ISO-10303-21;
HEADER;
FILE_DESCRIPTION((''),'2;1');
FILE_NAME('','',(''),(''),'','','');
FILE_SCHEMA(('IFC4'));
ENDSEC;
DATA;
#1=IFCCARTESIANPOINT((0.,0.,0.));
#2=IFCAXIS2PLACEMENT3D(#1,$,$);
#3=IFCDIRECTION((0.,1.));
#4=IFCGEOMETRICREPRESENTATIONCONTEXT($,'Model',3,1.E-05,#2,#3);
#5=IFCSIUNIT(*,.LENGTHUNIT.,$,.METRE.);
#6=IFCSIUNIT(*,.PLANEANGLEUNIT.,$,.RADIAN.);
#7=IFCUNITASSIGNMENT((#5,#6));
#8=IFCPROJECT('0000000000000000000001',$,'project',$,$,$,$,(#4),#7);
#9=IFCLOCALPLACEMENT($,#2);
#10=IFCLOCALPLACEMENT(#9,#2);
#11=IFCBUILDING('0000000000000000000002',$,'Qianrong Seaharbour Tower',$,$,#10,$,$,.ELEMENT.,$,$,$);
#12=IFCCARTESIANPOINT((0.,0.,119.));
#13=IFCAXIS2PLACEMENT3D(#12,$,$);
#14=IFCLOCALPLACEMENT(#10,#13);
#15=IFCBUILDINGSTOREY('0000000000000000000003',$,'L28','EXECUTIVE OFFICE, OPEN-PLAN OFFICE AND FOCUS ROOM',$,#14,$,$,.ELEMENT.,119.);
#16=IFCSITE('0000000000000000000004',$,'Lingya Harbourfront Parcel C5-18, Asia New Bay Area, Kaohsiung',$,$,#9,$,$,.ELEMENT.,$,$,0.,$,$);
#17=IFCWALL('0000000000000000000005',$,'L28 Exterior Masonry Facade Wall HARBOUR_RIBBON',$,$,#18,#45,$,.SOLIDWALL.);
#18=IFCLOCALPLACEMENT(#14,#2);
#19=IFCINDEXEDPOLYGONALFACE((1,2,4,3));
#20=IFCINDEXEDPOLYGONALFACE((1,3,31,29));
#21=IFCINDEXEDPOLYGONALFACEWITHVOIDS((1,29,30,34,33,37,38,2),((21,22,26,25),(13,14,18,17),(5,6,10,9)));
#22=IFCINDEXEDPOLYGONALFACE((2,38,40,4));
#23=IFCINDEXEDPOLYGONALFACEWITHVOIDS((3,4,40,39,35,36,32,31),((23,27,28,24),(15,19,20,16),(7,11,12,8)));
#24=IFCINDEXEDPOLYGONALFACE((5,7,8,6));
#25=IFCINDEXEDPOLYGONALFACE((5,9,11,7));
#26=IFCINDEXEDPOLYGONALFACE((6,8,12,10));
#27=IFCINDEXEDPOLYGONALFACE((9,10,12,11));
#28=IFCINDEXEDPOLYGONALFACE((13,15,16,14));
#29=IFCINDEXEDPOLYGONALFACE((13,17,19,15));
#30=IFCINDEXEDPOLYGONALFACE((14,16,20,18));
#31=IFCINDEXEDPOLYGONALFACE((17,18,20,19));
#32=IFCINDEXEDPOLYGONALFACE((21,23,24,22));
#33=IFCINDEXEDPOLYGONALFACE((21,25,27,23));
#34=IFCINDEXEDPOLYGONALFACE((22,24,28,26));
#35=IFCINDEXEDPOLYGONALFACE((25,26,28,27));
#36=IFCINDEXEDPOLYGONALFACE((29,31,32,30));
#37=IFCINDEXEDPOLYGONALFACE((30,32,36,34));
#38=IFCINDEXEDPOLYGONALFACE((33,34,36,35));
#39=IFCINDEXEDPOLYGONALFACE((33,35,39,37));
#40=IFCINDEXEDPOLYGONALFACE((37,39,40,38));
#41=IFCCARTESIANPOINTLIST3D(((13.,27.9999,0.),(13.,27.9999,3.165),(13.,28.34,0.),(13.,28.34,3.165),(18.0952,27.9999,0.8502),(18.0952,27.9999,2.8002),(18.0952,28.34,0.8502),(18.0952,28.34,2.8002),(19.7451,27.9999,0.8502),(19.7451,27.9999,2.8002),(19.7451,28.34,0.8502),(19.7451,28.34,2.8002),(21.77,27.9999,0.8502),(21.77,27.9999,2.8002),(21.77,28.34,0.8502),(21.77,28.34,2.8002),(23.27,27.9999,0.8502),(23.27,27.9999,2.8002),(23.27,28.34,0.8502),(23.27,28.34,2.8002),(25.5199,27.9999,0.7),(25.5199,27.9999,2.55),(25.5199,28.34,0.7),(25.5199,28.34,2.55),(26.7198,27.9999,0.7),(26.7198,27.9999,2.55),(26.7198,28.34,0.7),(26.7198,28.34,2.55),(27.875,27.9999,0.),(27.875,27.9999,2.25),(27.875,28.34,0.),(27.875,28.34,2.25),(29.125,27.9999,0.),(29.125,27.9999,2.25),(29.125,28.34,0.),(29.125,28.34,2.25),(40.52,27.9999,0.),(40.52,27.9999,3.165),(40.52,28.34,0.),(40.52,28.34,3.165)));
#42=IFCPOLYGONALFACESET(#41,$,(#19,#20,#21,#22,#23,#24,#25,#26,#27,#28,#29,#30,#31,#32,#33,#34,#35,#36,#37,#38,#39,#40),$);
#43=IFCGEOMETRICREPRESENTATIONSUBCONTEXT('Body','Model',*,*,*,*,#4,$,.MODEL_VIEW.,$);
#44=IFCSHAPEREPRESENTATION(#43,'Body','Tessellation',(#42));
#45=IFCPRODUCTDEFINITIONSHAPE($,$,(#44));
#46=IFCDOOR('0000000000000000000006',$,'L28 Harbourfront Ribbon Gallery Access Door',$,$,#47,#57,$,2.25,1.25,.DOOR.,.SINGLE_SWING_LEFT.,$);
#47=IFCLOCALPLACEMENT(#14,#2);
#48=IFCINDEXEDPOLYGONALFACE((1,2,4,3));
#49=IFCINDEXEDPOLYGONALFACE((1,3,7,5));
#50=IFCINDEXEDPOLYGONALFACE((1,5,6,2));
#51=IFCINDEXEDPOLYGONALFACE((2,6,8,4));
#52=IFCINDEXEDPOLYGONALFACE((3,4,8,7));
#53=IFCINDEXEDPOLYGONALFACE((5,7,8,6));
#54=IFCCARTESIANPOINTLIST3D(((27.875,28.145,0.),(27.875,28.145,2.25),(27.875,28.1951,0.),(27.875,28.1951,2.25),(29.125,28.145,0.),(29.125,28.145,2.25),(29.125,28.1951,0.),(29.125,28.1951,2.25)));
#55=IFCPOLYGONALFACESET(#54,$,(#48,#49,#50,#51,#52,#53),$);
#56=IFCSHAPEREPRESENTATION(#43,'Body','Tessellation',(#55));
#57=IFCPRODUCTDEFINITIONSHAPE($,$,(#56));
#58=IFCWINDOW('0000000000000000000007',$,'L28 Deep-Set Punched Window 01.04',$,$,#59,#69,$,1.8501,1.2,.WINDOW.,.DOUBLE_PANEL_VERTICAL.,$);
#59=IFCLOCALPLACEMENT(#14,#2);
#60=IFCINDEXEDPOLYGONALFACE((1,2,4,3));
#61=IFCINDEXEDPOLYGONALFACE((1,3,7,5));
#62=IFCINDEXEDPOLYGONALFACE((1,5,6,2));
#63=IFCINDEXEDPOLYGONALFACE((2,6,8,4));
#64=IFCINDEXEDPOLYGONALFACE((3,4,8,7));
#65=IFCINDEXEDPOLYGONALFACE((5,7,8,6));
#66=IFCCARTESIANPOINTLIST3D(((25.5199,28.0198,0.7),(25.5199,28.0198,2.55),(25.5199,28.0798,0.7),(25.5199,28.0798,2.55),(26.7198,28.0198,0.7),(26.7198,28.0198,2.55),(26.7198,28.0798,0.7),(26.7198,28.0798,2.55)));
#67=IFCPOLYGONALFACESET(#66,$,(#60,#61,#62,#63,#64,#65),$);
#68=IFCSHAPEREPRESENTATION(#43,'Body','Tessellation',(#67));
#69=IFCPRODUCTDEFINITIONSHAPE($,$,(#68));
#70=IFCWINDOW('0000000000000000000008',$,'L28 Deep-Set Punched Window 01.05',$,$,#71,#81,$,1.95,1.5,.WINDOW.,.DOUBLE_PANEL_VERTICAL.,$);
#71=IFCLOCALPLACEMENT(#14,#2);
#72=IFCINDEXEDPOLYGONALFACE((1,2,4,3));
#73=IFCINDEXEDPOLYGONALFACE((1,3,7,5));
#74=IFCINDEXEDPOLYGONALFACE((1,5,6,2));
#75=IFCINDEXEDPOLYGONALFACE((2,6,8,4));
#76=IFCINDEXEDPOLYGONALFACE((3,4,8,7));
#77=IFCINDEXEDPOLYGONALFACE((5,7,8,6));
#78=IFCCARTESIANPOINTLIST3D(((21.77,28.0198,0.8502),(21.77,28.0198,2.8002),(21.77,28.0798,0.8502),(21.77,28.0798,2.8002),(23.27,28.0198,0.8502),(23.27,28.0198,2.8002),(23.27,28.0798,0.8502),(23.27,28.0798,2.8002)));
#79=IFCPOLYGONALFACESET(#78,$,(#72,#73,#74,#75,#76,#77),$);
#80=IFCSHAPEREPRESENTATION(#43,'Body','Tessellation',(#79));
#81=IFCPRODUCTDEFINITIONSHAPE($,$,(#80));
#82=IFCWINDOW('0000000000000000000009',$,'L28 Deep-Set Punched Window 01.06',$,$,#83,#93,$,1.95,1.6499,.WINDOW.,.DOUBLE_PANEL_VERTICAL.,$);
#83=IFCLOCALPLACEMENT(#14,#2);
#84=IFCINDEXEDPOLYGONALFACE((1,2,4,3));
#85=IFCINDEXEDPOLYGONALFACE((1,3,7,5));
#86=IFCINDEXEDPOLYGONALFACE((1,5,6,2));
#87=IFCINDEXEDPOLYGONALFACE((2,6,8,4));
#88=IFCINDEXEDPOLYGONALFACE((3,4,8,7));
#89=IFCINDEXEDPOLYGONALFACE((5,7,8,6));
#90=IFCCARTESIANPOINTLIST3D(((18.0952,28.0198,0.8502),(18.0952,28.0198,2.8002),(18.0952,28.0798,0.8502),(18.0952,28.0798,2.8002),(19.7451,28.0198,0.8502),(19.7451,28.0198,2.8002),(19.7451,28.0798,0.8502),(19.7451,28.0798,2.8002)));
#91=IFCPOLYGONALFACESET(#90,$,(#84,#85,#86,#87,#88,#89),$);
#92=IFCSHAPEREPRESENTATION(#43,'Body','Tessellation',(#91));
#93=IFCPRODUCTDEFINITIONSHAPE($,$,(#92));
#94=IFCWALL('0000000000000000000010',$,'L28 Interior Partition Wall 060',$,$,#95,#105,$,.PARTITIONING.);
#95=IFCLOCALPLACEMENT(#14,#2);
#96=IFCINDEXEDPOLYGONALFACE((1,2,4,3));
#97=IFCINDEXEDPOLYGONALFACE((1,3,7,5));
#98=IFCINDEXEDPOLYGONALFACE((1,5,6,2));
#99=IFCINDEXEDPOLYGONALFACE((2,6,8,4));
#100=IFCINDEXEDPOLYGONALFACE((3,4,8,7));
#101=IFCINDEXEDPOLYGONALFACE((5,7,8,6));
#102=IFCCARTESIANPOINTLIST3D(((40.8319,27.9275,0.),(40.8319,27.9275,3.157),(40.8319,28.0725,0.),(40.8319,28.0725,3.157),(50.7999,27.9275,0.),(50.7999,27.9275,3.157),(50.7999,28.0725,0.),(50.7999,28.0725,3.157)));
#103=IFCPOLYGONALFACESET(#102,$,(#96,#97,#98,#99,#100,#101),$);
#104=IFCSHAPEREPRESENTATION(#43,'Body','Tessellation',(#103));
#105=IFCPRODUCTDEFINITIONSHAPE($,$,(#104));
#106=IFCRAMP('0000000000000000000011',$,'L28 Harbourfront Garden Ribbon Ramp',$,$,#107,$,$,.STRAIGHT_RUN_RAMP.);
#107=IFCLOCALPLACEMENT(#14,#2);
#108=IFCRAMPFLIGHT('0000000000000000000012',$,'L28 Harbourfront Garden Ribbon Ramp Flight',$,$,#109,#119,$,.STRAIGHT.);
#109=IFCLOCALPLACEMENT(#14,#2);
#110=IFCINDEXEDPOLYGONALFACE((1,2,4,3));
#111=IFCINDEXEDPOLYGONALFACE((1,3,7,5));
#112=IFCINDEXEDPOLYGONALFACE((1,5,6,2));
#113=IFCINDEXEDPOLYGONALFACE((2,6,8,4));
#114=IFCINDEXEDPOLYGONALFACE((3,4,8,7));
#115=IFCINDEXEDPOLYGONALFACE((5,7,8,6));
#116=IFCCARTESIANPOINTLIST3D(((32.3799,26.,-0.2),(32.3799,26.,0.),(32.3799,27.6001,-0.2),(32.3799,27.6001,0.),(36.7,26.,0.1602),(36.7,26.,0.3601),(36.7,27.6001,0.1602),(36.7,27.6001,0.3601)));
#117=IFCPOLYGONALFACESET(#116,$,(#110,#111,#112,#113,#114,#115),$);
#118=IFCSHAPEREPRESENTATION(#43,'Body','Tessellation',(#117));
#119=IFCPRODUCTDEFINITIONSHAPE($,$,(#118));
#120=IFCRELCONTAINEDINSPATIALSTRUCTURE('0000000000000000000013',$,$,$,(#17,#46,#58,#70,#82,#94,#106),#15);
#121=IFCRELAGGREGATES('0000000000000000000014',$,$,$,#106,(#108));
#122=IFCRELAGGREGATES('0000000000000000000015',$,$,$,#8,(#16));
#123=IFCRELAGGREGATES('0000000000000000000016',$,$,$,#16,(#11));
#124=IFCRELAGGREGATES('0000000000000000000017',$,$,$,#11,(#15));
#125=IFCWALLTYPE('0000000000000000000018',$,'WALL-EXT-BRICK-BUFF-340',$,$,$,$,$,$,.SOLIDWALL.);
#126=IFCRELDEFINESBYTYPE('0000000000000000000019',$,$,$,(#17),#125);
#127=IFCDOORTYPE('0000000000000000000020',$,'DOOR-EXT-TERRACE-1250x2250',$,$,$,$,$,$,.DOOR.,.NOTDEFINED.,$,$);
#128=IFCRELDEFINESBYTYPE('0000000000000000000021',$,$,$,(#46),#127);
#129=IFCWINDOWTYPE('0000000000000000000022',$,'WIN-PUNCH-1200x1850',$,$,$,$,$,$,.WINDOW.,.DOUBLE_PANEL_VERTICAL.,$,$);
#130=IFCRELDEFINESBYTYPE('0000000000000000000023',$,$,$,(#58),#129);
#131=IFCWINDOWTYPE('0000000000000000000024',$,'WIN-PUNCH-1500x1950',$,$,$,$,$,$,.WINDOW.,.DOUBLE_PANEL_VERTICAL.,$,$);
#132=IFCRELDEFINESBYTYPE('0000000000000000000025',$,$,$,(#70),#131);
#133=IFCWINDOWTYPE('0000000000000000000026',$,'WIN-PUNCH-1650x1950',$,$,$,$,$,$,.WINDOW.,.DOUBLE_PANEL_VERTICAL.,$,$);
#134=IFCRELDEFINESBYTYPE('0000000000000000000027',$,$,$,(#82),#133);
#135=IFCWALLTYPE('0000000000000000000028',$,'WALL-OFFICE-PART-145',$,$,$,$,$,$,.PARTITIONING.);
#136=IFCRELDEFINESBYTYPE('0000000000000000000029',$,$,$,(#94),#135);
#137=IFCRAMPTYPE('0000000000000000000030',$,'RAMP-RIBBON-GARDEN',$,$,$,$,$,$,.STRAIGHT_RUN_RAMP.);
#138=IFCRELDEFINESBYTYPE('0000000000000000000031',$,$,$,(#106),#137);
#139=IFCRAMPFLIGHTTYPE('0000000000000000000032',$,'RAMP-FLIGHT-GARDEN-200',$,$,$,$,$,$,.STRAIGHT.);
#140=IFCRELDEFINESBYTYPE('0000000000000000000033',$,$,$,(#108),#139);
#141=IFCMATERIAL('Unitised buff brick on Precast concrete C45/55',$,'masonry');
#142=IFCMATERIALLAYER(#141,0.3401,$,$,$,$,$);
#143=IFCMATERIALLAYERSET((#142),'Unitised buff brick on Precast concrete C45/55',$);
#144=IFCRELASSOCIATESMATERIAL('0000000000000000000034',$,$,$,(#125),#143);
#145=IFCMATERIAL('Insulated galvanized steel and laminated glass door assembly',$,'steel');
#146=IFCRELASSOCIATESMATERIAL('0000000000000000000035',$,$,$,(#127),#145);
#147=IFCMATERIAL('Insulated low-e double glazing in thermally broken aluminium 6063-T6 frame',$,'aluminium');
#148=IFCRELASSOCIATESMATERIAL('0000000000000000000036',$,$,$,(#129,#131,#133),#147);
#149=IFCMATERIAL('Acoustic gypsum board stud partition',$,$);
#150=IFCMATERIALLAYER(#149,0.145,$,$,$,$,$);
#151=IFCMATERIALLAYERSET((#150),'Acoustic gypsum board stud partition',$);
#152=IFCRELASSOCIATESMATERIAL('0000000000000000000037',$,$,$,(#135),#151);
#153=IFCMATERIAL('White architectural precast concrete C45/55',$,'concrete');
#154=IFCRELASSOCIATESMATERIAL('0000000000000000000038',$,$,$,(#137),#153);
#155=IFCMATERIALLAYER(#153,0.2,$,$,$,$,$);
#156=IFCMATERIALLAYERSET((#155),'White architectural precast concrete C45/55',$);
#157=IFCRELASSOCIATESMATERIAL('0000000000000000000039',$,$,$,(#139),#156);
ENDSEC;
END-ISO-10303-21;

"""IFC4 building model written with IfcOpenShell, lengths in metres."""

from ifc_helpers import new_model, si_unit, direction, frame, frame_2d, origin, place, context, subcontext, project, spatial, polyline, rectangle, outline, extrude, material, layer, layer_set, type_object, element, fill, aggregate, save


model = new_model("IFC4")

# Units and contexts
model_context = context("Model", 3, precision=1e-05, world=origin(), true_north=direction((0.0, 1.0)))
body_context = subcontext(model_context, "Body", "Model", "MODEL_VIEW")
ifc_project = project(units=[si_unit("LENGTHUNIT", "METRE"), si_unit("PLANEANGLEUNIT", "RADIAN")], contexts=[model_context])

# Site, building, storey
site_placement = place(None, origin())
site = spatial("IfcSite", under=ifc_project, at=site_placement, Name="Lingya Harbourfront Parcel C5-18, Asia New Bay Area, Kaohsiung", CompositionType="ELEMENT", RefElevation=0.0)
building_placement = place(site_placement, origin())
building = spatial("IfcBuilding", under=site, at=building_placement, Name="Qianrong Seaharbour Tower", CompositionType="ELEMENT")
storey_placement = place(building_placement, frame((0.0, 0.0, 119.0)))
storey = spatial("IfcBuildingStorey", under=building, at=storey_placement, Name="L28", Description="EXECUTIVE OFFICE, OPEN-PLAN OFFICE AND FOCUS ROOM", CompositionType="ELEMENT", Elevation=119.0)

# Wall, openings, door, windows
ifc_material_1 = material(Name="Unitised buff brick on Precast concrete C45/55", Category="masonry")
ifc_layer_1 = layer(ifc_material_1, 0.3401)
ifc_layer_set_1 = layer_set([ifc_layer_1], Name="Unitised buff brick on Precast concrete C45/55")
wall_type_1 = type_object("IfcWallType", Name="WALL-EXT-BRICK-BUFF-340", PredefinedType="SOLIDWALL", material=ifc_layer_set_1)
wall_1_placement = place(storey_placement, frame((40.52, 28.1699, 0.0), z_axis=(0.0, 0.0, 1.0), x_axis=(-1.0, 0.0, 0.0)))
wall_1 = element("IfcWall", 1, at=wall_1_placement, inside=storey, type_object=wall_type_1, Name="L28 Exterior Masonry Facade Wall HARBOUR_RIBBON", PredefinedType="SOLIDWALL", context=body_context, shape_type="SweptSolid", body=[
    extrude(rectangle(XDim=27.52, YDim=0.3401, at=frame_2d((13.76, 0.0))), origin(), (0.0, 0.0, 1.0), 3.165),
])
opening_1_placement = place(wall_1_placement, frame((13.8, 0.0, 0.7)))
opening_1 = element("IfcOpeningElement", 2, at=opening_1_placement, cuts=wall_1, PredefinedType="OPENING", context=body_context, shape_type="SweptSolid", body=[
    extrude(rectangle(XDim=1.2, YDim=1.8501, at=frame_2d((0.6001, 0.925))), frame((0.0, 0.1802, 0.0), z_axis=(0.0, -1.0, 0.0), x_axis=(1.0, 0.0, 0.0)), (0.0, 0.0, 1.0), 0.3601),
])
opening_2_placement = place(wall_1_placement, frame((17.25, 0.0, 0.8501)))
opening_2 = element("IfcOpeningElement", 3, at=opening_2_placement, cuts=wall_1, PredefinedType="OPENING", context=body_context, shape_type="SweptSolid", body=[
    extrude(rectangle(XDim=1.5, YDim=1.95, at=frame_2d((0.75, 0.9751))), frame((0.0, 0.1802, 0.0), z_axis=(0.0, -1.0, 0.0), x_axis=(1.0, 0.0, 0.0)), (0.0, 0.0, 1.0), 0.3601),
])
opening_3_placement = place(wall_1_placement, frame((20.7749, 0.0, 0.8501)))
opening_3 = element("IfcOpeningElement", 4, at=opening_3_placement, cuts=wall_1, PredefinedType="OPENING", context=body_context, shape_type="SweptSolid", body=[
    extrude(rectangle(XDim=1.6499, YDim=1.95, at=frame_2d((0.825, 0.9751))), frame((0.0, 0.1802, 0.0), z_axis=(0.0, -1.0, 0.0), x_axis=(1.0, 0.0, 0.0)), (0.0, 0.0, 1.0), 0.3601),
])
opening_4_placement = place(wall_1_placement, frame((11.395, 0.0, 0.0)))
opening_4 = element("IfcOpeningElement", 5, at=opening_4_placement, cuts=wall_1, PredefinedType="OPENING", context=body_context, shape_type="SweptSolid", body=[
    extrude(rectangle(XDim=1.25, YDim=2.25, at=frame_2d((0.625, 1.125))), frame((0.0, 0.1802, 0.0), z_axis=(0.0, -1.0, 0.0), x_axis=(1.0, 0.0, 0.0)), (0.0, 0.0, 1.0), 0.3601),
])
ifc_material_2 = material(Name="Insulated galvanized steel and laminated glass door assembly", Category="steel")
door_type_1 = type_object("IfcDoorType", Name="DOOR-EXT-TERRACE-1250x2250", OperationType="NOTDEFINED", PredefinedType="DOOR", material=ifc_material_2)
door_1_placement = place(opening_4_placement, origin())
door_1 = element("IfcDoor", 6, at=door_1_placement, inside=storey, type_object=door_type_1, Name="L28 Harbourfront Ribbon Gallery Access Door", OperationType="SINGLE_SWING_LEFT", OverallHeight=2.25, OverallWidth=1.25, PredefinedType="DOOR", context=body_context, shape_type="SweptSolid", body=[
    extrude(rectangle(XDim=1.25, YDim=2.25, at=frame_2d((0.625, 1.125))), frame((0.0, 0.0249, 0.0), z_axis=(0.0, -1.0, 0.0), x_axis=(1.0, 0.0, 0.0)), (0.0, 0.0, 1.0), 0.05),
])
fill(opening_4, door_1)
ifc_material_3 = material(Name="Insulated low-e double glazing in thermally broken aluminium 6063-T6 frame", Category="aluminium")
window_type_1 = type_object("IfcWindowType", Name="WIN-PUNCH-1200x1850", PartitioningType="DOUBLE_PANEL_VERTICAL", PredefinedType="WINDOW", material=ifc_material_3)
window_1_placement = place(opening_1_placement, origin())
window_1 = element("IfcWindow", 7, at=window_1_placement, inside=storey, type_object=window_type_1, Name="L28 Deep-Set Punched Window 01.04", OverallHeight=1.8501, OverallWidth=1.2, PartitioningType="DOUBLE_PANEL_VERTICAL", PredefinedType="WINDOW", context=body_context, shape_type="SweptSolid", body=[
    extrude(rectangle(XDim=1.2, YDim=1.8501, at=frame_2d((0.6001, 0.925))), frame((0.0, 0.1501, 0.0), z_axis=(0.0, -1.0, 0.0), x_axis=(1.0, 0.0, 0.0)), (0.0, 0.0, 1.0), 0.0601),
])
fill(opening_1, window_1)
window_type_2 = type_object("IfcWindowType", Name="WIN-PUNCH-1500x1950", PartitioningType="DOUBLE_PANEL_VERTICAL", PredefinedType="WINDOW", material=ifc_material_3)
window_2_placement = place(opening_2_placement, origin())
window_2 = element("IfcWindow", 8, at=window_2_placement, inside=storey, type_object=window_type_2, Name="L28 Deep-Set Punched Window 01.05", OverallHeight=1.95, OverallWidth=1.5, PartitioningType="DOUBLE_PANEL_VERTICAL", PredefinedType="WINDOW", context=body_context, shape_type="SweptSolid", body=[
    extrude(rectangle(XDim=1.5, YDim=1.95, at=frame_2d((0.75, 0.9751))), frame((0.0, 0.1501, 0.0), z_axis=(0.0, -1.0, 0.0), x_axis=(1.0, 0.0, 0.0)), (0.0, 0.0, 1.0), 0.0601),
])
fill(opening_2, window_2)
window_type_3 = type_object("IfcWindowType", Name="WIN-PUNCH-1650x1950", PartitioningType="DOUBLE_PANEL_VERTICAL", PredefinedType="WINDOW", material=ifc_material_3)
window_3_placement = place(opening_3_placement, origin())
window_3 = element("IfcWindow", 9, at=window_3_placement, inside=storey, type_object=window_type_3, Name="L28 Deep-Set Punched Window 01.06", OverallHeight=1.95, OverallWidth=1.6499, PartitioningType="DOUBLE_PANEL_VERTICAL", PredefinedType="WINDOW", context=body_context, shape_type="SweptSolid", body=[
    extrude(rectangle(XDim=1.6499, YDim=1.95, at=frame_2d((0.825, 0.9751))), frame((0.0, 0.1501, 0.0), z_axis=(0.0, -1.0, 0.0), x_axis=(1.0, 0.0, 0.0)), (0.0, 0.0, 1.0), 0.0601),
])
fill(opening_3, window_3)

# Wall
ifc_material_4 = material(Name="Acoustic gypsum board stud partition")
ifc_layer_2 = layer(ifc_material_4, 0.145)
ifc_layer_set_2 = layer_set([ifc_layer_2], Name="Acoustic gypsum board stud partition")
wall_type_2 = type_object("IfcWallType", Name="WALL-OFFICE-PART-145", PredefinedType="PARTITIONING", material=ifc_layer_set_2)
wall_2_placement = place(storey_placement, frame((40.832, 28.0, 0.0), z_axis=(0.0, 0.0, 1.0), x_axis=(1.0, 0.0, 0.0)))
element("IfcWall", 10, at=wall_2_placement, inside=storey, type_object=wall_type_2, Name="L28 Interior Partition Wall 060", PredefinedType="PARTITIONING", context=body_context, shape_type="SweptSolid", body=[
    extrude(rectangle(XDim=9.968, YDim=0.145, at=frame_2d((4.9839, 0.0))), origin(), (0.0, 0.0, 1.0), 3.157),
])

# Ramp, ramp flight
ifc_material_5 = material(Name="White architectural precast concrete C45/55", Category="concrete")
ramp_type = type_object("IfcRampType", Name="RAMP-RIBBON-GARDEN", PredefinedType="STRAIGHT_RUN_RAMP", material=ifc_material_5)
ramp_placement = place(storey_placement, origin())
ramp = element("IfcRamp", 11, at=ramp_placement, inside=storey, type_object=ramp_type, Name="L28 Harbourfront Garden Ribbon Ramp", PredefinedType="STRAIGHT_RUN_RAMP")
ifc_layer_3 = layer(ifc_material_5, 0.2)
ifc_layer_set_3 = layer_set([ifc_layer_3], Name="White architectural precast concrete C45/55")
ramp_flight_type = type_object("IfcRampFlightType", Name="RAMP-FLIGHT-GARDEN-200", PredefinedType="STRAIGHT", material=ifc_layer_set_3)
ramp_flight_placement = place(storey_placement, frame((32.3799, 26.8, 0.0), z_axis=(0.0, 0.0, 1.0), x_axis=(1.0, 0.0, 0.0)))
ramp_flight = element("IfcRampFlight", 12, at=ramp_flight_placement, type_object=ramp_flight_type, Name="L28 Harbourfront Garden Ribbon Ramp Flight", PredefinedType="STRAIGHT", context=body_context, shape_type="SweptSolid", body=[
    extrude(outline(polyline([(0.0, 0.0), (4.3201, 0.3601), (4.3201, 0.1602), (0.0, -0.2), (0.0, 0.0)])), frame((0.0, 0.8, 0.0), z_axis=(0.0, -1.0, 0.0), x_axis=(1.0, 0.0, 0.0)), (0.0, 0.0, 1.0), 1.6001),
])
aggregate(ramp, [ramp_flight])

save(model, "model.ifc")
